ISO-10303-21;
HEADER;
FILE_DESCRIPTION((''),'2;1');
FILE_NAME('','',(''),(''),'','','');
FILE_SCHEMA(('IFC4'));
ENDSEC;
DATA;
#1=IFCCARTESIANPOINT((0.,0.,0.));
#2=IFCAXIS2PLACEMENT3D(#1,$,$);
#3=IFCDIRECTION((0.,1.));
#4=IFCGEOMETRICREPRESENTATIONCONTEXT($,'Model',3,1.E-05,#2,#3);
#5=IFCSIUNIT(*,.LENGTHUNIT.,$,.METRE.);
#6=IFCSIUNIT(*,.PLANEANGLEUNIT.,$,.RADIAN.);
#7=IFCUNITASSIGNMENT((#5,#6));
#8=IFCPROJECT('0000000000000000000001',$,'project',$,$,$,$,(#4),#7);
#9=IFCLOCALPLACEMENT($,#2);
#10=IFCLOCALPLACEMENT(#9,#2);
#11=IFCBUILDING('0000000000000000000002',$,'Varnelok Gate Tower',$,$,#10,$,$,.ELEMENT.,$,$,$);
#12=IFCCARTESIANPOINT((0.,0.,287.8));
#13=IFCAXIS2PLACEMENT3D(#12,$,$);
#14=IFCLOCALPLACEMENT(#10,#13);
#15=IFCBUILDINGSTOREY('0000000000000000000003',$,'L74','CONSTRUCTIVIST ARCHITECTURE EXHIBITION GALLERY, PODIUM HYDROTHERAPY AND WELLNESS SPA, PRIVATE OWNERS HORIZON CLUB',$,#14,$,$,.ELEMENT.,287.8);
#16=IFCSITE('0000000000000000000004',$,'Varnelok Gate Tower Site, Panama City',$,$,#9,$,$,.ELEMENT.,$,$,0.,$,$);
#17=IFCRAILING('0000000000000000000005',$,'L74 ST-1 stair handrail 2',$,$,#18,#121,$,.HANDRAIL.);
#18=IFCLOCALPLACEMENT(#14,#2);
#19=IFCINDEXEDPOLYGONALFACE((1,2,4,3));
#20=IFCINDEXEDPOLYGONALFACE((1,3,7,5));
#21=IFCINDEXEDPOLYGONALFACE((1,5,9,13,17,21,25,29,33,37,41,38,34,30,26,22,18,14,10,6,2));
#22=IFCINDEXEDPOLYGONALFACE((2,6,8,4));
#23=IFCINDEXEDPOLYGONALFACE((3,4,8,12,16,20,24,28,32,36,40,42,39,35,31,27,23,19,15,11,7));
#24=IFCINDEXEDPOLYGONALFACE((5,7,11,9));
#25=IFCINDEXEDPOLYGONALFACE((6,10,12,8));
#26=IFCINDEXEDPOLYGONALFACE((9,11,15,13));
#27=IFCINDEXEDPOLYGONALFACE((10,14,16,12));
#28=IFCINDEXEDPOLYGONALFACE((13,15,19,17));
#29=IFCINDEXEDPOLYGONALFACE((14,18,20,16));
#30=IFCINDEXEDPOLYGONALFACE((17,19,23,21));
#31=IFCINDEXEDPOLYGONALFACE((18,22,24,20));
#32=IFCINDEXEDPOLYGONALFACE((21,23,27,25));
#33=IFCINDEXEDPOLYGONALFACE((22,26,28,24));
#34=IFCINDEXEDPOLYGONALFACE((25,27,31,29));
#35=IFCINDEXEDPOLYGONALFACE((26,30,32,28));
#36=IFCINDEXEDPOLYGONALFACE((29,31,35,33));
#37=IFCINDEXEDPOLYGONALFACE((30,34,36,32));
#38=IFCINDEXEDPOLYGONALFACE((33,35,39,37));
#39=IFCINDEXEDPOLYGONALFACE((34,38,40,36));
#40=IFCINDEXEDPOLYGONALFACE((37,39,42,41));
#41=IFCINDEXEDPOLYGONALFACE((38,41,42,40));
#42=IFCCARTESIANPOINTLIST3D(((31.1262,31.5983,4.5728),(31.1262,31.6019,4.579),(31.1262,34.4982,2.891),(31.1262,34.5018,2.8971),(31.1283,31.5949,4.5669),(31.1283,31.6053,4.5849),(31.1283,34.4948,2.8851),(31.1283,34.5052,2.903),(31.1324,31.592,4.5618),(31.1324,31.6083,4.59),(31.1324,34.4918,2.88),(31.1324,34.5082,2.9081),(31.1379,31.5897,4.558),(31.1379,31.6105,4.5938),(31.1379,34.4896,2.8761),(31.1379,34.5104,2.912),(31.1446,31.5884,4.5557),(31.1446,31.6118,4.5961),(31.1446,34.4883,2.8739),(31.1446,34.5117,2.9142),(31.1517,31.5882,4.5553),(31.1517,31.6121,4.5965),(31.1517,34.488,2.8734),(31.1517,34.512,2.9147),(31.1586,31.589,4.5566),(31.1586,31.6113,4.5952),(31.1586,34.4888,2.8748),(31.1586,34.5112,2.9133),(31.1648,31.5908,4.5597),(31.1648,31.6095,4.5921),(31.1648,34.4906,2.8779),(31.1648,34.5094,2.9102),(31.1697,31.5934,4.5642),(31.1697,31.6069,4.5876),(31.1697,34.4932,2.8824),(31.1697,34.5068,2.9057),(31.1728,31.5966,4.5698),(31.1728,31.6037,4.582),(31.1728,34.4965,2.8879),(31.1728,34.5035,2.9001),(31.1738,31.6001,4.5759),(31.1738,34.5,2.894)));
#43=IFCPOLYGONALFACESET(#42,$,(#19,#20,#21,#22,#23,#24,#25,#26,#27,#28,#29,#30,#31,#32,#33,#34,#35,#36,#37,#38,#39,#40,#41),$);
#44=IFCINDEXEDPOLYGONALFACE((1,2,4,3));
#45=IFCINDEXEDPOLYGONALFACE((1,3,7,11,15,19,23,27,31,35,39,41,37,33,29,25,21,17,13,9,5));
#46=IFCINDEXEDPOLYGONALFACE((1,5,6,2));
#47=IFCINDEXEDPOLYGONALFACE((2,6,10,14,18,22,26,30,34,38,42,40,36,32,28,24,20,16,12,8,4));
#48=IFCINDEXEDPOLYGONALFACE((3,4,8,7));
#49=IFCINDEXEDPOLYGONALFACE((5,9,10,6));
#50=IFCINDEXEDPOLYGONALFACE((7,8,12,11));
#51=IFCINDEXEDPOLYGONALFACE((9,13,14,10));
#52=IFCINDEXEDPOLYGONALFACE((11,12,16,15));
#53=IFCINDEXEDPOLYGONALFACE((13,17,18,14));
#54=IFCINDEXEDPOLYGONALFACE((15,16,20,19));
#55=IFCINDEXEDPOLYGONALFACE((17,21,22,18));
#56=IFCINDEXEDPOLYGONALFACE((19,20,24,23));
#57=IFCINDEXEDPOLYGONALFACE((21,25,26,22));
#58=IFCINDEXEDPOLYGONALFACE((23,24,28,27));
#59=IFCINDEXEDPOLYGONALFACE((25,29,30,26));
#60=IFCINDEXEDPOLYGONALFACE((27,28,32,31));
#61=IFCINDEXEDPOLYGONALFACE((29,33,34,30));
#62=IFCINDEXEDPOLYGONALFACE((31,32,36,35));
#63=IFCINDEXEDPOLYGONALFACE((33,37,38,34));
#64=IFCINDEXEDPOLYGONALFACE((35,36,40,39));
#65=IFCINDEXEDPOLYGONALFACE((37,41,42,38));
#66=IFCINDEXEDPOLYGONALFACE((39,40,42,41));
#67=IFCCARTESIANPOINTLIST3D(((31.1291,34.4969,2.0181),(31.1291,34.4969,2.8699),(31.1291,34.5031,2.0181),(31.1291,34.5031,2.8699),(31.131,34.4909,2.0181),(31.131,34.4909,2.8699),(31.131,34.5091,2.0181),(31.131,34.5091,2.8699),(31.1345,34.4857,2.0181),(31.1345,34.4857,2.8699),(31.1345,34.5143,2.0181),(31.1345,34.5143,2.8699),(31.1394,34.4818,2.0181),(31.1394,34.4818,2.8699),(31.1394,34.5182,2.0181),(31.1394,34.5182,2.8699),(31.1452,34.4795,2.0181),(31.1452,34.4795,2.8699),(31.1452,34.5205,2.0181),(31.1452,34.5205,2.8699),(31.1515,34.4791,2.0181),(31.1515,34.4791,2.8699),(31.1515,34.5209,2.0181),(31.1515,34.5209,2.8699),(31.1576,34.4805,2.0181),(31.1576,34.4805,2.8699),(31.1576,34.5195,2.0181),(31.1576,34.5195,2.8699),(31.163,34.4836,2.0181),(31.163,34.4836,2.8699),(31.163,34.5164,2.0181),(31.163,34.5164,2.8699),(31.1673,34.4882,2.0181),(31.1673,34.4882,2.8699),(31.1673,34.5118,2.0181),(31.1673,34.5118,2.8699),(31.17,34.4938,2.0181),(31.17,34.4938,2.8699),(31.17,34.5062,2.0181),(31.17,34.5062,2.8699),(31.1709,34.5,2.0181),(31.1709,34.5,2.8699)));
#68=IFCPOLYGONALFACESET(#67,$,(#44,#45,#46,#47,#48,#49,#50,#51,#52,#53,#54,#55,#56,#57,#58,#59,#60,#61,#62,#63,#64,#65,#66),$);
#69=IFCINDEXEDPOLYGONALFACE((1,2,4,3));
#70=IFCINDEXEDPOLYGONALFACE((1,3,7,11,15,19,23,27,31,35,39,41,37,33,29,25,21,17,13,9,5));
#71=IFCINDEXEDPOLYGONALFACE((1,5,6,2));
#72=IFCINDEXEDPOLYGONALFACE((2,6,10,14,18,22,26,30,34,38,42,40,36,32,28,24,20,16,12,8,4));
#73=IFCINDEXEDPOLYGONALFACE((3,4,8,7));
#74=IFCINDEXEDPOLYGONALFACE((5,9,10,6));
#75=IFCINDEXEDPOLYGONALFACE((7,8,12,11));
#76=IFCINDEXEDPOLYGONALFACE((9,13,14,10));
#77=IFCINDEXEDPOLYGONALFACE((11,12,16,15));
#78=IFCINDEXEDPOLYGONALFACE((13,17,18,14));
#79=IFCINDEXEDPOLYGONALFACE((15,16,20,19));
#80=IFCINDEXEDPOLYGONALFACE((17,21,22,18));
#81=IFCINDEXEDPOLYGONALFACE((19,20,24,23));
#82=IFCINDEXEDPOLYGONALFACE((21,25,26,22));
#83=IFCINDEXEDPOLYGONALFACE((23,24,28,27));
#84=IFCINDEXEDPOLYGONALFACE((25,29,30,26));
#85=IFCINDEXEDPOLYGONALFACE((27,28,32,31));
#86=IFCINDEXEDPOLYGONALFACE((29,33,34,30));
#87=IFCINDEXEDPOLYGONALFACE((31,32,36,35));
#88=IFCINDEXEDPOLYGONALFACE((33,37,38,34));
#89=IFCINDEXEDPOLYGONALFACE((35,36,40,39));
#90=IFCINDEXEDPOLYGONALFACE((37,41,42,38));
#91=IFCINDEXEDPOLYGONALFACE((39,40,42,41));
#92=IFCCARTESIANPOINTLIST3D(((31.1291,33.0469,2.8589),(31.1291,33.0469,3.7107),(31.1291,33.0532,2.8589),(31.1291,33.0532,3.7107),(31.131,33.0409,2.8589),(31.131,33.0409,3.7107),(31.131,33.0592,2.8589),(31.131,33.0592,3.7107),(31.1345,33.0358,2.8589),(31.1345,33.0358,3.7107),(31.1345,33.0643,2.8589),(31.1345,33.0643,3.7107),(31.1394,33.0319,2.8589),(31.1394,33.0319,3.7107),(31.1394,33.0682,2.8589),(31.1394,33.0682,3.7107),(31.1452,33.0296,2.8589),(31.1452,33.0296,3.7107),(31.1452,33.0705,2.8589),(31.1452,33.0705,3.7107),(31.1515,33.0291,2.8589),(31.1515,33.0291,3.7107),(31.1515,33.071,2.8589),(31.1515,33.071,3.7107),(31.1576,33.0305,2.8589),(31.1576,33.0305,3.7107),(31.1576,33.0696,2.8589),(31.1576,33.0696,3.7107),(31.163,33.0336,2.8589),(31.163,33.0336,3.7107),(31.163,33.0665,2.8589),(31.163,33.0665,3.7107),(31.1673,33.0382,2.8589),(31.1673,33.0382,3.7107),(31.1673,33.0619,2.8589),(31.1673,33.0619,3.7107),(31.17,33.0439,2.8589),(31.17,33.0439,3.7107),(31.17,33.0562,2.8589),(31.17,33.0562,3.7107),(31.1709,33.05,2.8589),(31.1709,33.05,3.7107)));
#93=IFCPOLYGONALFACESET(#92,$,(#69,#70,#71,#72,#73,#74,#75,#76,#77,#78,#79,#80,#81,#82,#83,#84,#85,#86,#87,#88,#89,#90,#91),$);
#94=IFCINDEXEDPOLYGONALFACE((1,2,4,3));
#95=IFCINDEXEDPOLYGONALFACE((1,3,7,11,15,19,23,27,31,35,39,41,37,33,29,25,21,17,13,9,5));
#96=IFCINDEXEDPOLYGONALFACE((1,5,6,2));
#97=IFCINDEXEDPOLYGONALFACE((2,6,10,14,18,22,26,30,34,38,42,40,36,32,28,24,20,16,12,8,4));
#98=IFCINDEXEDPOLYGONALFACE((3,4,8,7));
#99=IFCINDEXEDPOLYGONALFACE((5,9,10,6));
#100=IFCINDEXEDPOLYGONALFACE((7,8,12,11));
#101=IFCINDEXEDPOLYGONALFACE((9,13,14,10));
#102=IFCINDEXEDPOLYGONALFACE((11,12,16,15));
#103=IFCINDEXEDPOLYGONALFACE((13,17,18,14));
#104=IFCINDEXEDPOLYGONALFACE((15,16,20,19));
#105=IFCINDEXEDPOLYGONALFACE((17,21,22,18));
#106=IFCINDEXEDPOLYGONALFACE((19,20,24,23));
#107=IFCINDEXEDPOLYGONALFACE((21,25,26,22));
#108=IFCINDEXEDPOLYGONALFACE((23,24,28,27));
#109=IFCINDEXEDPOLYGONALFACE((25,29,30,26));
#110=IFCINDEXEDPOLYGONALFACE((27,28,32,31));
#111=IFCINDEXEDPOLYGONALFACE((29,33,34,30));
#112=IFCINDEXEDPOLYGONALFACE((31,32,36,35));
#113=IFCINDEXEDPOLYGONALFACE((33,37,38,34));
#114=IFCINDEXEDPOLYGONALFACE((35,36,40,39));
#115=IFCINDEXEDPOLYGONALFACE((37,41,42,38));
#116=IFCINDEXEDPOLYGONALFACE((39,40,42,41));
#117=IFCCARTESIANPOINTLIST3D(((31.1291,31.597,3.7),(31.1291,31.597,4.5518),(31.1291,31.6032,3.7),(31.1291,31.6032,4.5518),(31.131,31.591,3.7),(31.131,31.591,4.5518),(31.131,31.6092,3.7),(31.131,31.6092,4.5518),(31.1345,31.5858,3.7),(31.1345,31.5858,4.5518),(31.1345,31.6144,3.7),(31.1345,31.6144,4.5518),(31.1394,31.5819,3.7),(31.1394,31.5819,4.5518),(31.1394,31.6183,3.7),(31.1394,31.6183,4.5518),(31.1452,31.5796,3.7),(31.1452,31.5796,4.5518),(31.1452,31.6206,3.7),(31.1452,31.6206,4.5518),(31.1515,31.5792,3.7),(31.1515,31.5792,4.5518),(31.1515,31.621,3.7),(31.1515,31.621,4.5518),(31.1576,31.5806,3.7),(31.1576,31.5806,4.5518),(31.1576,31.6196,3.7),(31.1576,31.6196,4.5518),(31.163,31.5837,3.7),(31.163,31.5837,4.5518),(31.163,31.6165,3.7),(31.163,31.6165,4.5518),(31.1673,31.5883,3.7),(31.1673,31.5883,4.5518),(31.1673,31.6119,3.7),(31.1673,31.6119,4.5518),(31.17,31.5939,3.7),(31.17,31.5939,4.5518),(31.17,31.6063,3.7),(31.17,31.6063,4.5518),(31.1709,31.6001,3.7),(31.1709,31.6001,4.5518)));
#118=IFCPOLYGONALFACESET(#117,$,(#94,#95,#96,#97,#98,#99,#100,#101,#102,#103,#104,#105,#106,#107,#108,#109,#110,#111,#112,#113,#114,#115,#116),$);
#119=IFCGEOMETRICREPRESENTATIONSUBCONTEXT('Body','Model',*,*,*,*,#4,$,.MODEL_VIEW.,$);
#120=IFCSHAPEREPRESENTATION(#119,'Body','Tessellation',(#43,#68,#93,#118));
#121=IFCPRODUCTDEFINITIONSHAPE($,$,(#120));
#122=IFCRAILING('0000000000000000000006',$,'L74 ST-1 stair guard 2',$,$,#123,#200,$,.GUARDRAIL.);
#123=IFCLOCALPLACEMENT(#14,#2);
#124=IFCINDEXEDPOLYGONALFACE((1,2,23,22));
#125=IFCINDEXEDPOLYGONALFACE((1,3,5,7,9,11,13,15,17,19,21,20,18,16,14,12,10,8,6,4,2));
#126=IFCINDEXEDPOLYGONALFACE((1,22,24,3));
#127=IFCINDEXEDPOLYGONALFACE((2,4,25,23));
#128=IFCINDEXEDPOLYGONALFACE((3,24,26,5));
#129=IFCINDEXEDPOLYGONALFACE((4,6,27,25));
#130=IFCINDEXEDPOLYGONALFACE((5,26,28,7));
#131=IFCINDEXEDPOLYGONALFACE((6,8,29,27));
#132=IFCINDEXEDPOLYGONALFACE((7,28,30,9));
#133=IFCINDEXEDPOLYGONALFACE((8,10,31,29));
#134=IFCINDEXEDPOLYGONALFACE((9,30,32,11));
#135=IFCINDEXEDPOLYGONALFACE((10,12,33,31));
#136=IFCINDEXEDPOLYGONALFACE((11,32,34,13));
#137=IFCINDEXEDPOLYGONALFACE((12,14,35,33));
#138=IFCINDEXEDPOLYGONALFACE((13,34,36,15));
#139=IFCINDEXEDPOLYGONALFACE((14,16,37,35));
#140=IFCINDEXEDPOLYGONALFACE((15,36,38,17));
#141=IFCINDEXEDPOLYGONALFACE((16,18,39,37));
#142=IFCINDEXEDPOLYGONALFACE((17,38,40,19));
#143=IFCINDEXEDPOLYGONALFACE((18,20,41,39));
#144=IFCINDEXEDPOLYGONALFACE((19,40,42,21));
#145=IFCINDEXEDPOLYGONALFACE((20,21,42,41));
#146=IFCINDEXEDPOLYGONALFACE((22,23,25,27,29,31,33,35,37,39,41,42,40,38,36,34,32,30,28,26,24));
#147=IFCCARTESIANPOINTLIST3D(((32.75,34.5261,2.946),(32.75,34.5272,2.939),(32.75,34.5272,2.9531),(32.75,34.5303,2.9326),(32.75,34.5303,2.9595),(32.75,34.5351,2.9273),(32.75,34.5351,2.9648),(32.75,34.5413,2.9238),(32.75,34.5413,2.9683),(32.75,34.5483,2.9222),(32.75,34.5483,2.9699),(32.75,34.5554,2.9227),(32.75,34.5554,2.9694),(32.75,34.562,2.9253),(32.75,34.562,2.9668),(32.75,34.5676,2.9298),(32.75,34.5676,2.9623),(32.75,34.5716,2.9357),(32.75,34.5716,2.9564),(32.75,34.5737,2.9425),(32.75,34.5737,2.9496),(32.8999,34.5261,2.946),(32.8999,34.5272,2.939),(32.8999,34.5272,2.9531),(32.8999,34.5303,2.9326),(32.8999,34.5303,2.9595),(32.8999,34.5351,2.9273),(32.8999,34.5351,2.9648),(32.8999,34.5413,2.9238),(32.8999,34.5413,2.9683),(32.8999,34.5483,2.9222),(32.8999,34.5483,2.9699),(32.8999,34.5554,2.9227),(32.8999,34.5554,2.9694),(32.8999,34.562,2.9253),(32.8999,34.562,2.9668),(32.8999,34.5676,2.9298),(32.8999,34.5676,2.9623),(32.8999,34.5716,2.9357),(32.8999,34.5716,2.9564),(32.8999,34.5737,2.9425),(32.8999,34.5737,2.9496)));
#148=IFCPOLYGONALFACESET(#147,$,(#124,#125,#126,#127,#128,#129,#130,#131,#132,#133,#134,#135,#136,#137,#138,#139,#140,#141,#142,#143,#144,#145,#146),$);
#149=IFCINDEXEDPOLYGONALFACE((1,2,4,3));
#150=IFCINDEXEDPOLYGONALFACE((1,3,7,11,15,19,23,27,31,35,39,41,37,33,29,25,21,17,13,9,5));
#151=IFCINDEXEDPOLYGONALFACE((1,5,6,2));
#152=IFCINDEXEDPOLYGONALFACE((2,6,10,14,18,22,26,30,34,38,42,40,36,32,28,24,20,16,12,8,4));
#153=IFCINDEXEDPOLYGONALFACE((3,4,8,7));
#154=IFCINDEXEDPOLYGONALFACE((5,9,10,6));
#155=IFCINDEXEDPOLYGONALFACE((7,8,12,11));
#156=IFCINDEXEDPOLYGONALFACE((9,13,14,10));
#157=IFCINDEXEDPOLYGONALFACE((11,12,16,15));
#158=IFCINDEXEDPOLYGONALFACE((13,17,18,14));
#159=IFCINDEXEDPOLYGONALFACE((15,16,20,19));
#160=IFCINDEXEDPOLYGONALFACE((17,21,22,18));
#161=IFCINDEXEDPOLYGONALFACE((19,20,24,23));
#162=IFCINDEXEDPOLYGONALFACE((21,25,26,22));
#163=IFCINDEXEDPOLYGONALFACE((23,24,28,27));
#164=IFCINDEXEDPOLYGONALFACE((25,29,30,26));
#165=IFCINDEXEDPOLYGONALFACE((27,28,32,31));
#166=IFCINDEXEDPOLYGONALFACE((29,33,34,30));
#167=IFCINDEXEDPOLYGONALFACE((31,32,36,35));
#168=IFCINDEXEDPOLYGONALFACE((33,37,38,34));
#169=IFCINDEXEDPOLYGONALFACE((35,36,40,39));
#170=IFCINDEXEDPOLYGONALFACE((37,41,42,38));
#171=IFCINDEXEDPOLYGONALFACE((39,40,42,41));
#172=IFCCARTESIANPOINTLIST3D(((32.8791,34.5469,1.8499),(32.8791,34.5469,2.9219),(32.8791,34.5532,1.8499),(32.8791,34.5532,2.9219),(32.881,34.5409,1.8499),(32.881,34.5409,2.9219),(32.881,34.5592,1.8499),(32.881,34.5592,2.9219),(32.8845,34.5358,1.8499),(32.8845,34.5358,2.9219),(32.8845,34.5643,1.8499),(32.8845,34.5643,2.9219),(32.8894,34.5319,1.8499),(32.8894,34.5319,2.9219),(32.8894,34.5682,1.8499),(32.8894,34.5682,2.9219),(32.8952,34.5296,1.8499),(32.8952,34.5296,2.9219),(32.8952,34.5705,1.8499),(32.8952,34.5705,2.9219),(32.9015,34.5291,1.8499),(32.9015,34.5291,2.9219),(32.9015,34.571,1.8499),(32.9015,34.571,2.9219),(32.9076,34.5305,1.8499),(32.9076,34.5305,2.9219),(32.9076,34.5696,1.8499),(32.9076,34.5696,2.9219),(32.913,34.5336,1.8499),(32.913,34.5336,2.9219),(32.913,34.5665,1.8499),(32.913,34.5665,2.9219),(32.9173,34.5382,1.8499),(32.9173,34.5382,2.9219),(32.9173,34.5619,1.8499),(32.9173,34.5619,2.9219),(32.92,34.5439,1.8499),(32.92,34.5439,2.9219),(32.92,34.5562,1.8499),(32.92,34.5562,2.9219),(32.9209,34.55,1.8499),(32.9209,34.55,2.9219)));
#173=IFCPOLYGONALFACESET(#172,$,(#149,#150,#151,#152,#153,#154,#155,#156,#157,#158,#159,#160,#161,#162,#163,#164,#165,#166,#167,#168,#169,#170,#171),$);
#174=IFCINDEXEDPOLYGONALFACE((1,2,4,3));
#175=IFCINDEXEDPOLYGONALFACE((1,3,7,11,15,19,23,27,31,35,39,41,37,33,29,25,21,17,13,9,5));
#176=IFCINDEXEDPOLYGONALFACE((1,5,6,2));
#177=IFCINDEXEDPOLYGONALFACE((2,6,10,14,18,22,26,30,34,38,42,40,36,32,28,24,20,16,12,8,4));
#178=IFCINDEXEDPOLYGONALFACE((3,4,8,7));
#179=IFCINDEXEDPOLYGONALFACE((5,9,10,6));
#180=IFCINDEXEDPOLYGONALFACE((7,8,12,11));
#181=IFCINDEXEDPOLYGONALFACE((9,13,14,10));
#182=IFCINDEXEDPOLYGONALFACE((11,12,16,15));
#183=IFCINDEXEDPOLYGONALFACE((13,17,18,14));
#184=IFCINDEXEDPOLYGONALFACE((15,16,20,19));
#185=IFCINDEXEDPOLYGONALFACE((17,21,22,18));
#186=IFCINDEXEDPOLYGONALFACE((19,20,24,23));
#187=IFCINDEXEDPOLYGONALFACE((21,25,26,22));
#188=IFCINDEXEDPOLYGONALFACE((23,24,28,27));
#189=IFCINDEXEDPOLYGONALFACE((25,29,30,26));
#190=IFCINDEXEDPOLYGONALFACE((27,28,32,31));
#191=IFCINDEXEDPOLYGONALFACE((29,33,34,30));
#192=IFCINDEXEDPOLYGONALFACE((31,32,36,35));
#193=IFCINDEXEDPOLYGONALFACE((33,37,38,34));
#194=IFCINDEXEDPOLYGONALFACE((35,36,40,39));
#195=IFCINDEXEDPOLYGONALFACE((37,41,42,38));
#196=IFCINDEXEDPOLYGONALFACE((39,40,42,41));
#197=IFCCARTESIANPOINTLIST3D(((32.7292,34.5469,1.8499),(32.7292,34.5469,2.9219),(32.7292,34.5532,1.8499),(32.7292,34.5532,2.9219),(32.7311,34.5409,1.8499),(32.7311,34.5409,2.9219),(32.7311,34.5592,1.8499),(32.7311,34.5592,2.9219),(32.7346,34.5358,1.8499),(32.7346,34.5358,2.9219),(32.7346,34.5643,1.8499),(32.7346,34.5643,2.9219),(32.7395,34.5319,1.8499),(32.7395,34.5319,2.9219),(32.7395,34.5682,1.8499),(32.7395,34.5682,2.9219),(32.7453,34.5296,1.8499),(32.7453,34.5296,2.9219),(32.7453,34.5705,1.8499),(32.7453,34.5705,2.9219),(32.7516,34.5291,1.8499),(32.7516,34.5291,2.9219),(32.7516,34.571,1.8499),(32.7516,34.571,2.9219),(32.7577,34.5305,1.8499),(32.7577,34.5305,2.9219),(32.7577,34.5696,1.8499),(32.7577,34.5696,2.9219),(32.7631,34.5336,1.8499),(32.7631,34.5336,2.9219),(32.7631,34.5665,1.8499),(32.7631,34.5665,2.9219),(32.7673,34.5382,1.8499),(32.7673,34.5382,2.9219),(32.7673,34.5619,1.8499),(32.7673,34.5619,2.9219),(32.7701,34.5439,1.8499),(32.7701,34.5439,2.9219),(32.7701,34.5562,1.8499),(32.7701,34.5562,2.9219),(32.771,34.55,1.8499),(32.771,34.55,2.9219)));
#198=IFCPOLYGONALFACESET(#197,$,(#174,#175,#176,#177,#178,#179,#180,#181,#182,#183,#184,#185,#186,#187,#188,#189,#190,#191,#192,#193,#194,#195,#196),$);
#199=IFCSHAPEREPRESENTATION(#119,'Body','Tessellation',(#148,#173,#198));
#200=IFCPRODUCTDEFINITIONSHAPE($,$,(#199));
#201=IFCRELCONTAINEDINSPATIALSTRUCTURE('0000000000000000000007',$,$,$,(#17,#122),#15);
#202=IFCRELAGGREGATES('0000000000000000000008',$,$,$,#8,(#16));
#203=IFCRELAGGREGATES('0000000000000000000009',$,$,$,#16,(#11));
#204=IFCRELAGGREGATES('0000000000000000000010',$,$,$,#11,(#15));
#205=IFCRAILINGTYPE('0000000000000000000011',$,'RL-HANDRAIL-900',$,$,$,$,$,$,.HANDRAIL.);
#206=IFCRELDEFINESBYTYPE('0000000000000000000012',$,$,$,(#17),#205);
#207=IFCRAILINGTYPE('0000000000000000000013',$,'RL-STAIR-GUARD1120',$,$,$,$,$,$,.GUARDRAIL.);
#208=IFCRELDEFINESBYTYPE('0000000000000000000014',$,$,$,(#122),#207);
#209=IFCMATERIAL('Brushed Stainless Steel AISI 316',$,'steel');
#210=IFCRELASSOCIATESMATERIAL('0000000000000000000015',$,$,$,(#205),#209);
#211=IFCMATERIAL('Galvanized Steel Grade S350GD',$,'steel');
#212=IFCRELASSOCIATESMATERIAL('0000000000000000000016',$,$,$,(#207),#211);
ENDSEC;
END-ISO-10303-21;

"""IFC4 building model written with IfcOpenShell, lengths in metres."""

from ifc_helpers import new_model, si_unit, direction, frame, origin, origin_2d, place, context, subcontext, project, spatial, circle, extrude, material, type_object, element, save


model = new_model("IFC4")

# Units and contexts
model_context = context("Model", 3, precision=1e-05, world=origin(), true_north=direction((0.0, 1.0)))
body_context = subcontext(model_context, "Body", "Model", "MODEL_VIEW")
ifc_project = project(units=[si_unit("LENGTHUNIT", "METRE"), si_unit("PLANEANGLEUNIT", "RADIAN")], contexts=[model_context])

# Site, building, storey
site_placement = place(None, origin())
site = spatial("IfcSite", under=ifc_project, at=site_placement, Name="Varnelok Gate Tower Site, Panama City", CompositionType="ELEMENT", RefElevation=0.0)
building_placement = place(site_placement, origin())
building = spatial("IfcBuilding", under=site, at=building_placement, Name="Varnelok Gate Tower", CompositionType="ELEMENT")
storey_placement = place(building_placement, frame((0.0, 0.0, 287.8)))
storey = spatial("IfcBuildingStorey", under=building, at=storey_placement, Name="L74", Description="CONSTRUCTIVIST ARCHITECTURE EXHIBITION GALLERY, PODIUM HYDROTHERAPY AND WELLNESS SPA, PRIVATE OWNERS HORIZON CLUB", CompositionType="ELEMENT", Elevation=287.8)

# Railings
ifc_material_1 = material(Name="Brushed Stainless Steel AISI 316", Category="steel")
railing_type_1 = type_object("IfcRailingType", Name="RL-HANDRAIL-900", PredefinedType="HANDRAIL", material=ifc_material_1)
railing_1_placement = place(storey_placement, frame((31.1499, 34.5, 2.0181)))
element("IfcRailing", 1, at=railing_1_placement, inside=storey, type_object=railing_type_1, Name="L74 ST-1 stair handrail 2", PredefinedType="HANDRAIL", context=body_context, shape_type="SweptSolid", body=[
    extrude(circle(Radius=0.0239, at=origin_2d()), frame((0.0, 0.0, 0.876), z_axis=(0.0, -0.865039, 0.501705), x_axis=(1.0, 0.0, 0.0)), (0.0, 0.0, 1.0), 3.3523),
    extrude(circle(Radius=0.021, at=origin_2d()), origin(), (0.0, 0.0, 1.0), 0.8518),
    extrude(circle(Radius=0.021, at=origin_2d()), frame((0.0, -1.45, 0.8408)), (0.0, 0.0, 1.0), 0.8518),
    extrude(circle(Radius=0.021, at=origin_2d()), frame((0.0, -2.8999, 1.6819)), (0.0, 0.0, 1.0), 0.8518),
])
ifc_material_2 = material(Name="Galvanized Steel Grade S350GD", Category="steel")
railing_type_2 = type_object("IfcRailingType", Name="RL-STAIR-GUARD1120", PredefinedType="GUARDRAIL", material=ifc_material_2)
railing_2_placement = place(storey_placement, frame((32.8999, 34.55, 1.8499)))
element("IfcRailing", 2, at=railing_2_placement, inside=storey, type_object=railing_type_2, Name="L74 ST-1 stair guard 2", PredefinedType="GUARDRAIL", context=body_context, shape_type="SweptSolid", body=[
    extrude(circle(Radius=0.0239, at=origin_2d()), frame((0.0, 0.0, 1.0962), z_axis=(-1.0, 0.0, 0.0), x_axis=(0.0, -1.0, 0.0)), (0.0, 0.0, 1.0), 0.1499),
    extrude(circle(Radius=0.021, at=origin_2d()), origin(), (0.0, 0.0, 1.0), 1.072),
    extrude(circle(Radius=0.021, at=origin_2d()), frame((-0.1499, 0.0, 0.0)), (0.0, 0.0, 1.0), 1.072),
])

save(model, "model.ifc")
